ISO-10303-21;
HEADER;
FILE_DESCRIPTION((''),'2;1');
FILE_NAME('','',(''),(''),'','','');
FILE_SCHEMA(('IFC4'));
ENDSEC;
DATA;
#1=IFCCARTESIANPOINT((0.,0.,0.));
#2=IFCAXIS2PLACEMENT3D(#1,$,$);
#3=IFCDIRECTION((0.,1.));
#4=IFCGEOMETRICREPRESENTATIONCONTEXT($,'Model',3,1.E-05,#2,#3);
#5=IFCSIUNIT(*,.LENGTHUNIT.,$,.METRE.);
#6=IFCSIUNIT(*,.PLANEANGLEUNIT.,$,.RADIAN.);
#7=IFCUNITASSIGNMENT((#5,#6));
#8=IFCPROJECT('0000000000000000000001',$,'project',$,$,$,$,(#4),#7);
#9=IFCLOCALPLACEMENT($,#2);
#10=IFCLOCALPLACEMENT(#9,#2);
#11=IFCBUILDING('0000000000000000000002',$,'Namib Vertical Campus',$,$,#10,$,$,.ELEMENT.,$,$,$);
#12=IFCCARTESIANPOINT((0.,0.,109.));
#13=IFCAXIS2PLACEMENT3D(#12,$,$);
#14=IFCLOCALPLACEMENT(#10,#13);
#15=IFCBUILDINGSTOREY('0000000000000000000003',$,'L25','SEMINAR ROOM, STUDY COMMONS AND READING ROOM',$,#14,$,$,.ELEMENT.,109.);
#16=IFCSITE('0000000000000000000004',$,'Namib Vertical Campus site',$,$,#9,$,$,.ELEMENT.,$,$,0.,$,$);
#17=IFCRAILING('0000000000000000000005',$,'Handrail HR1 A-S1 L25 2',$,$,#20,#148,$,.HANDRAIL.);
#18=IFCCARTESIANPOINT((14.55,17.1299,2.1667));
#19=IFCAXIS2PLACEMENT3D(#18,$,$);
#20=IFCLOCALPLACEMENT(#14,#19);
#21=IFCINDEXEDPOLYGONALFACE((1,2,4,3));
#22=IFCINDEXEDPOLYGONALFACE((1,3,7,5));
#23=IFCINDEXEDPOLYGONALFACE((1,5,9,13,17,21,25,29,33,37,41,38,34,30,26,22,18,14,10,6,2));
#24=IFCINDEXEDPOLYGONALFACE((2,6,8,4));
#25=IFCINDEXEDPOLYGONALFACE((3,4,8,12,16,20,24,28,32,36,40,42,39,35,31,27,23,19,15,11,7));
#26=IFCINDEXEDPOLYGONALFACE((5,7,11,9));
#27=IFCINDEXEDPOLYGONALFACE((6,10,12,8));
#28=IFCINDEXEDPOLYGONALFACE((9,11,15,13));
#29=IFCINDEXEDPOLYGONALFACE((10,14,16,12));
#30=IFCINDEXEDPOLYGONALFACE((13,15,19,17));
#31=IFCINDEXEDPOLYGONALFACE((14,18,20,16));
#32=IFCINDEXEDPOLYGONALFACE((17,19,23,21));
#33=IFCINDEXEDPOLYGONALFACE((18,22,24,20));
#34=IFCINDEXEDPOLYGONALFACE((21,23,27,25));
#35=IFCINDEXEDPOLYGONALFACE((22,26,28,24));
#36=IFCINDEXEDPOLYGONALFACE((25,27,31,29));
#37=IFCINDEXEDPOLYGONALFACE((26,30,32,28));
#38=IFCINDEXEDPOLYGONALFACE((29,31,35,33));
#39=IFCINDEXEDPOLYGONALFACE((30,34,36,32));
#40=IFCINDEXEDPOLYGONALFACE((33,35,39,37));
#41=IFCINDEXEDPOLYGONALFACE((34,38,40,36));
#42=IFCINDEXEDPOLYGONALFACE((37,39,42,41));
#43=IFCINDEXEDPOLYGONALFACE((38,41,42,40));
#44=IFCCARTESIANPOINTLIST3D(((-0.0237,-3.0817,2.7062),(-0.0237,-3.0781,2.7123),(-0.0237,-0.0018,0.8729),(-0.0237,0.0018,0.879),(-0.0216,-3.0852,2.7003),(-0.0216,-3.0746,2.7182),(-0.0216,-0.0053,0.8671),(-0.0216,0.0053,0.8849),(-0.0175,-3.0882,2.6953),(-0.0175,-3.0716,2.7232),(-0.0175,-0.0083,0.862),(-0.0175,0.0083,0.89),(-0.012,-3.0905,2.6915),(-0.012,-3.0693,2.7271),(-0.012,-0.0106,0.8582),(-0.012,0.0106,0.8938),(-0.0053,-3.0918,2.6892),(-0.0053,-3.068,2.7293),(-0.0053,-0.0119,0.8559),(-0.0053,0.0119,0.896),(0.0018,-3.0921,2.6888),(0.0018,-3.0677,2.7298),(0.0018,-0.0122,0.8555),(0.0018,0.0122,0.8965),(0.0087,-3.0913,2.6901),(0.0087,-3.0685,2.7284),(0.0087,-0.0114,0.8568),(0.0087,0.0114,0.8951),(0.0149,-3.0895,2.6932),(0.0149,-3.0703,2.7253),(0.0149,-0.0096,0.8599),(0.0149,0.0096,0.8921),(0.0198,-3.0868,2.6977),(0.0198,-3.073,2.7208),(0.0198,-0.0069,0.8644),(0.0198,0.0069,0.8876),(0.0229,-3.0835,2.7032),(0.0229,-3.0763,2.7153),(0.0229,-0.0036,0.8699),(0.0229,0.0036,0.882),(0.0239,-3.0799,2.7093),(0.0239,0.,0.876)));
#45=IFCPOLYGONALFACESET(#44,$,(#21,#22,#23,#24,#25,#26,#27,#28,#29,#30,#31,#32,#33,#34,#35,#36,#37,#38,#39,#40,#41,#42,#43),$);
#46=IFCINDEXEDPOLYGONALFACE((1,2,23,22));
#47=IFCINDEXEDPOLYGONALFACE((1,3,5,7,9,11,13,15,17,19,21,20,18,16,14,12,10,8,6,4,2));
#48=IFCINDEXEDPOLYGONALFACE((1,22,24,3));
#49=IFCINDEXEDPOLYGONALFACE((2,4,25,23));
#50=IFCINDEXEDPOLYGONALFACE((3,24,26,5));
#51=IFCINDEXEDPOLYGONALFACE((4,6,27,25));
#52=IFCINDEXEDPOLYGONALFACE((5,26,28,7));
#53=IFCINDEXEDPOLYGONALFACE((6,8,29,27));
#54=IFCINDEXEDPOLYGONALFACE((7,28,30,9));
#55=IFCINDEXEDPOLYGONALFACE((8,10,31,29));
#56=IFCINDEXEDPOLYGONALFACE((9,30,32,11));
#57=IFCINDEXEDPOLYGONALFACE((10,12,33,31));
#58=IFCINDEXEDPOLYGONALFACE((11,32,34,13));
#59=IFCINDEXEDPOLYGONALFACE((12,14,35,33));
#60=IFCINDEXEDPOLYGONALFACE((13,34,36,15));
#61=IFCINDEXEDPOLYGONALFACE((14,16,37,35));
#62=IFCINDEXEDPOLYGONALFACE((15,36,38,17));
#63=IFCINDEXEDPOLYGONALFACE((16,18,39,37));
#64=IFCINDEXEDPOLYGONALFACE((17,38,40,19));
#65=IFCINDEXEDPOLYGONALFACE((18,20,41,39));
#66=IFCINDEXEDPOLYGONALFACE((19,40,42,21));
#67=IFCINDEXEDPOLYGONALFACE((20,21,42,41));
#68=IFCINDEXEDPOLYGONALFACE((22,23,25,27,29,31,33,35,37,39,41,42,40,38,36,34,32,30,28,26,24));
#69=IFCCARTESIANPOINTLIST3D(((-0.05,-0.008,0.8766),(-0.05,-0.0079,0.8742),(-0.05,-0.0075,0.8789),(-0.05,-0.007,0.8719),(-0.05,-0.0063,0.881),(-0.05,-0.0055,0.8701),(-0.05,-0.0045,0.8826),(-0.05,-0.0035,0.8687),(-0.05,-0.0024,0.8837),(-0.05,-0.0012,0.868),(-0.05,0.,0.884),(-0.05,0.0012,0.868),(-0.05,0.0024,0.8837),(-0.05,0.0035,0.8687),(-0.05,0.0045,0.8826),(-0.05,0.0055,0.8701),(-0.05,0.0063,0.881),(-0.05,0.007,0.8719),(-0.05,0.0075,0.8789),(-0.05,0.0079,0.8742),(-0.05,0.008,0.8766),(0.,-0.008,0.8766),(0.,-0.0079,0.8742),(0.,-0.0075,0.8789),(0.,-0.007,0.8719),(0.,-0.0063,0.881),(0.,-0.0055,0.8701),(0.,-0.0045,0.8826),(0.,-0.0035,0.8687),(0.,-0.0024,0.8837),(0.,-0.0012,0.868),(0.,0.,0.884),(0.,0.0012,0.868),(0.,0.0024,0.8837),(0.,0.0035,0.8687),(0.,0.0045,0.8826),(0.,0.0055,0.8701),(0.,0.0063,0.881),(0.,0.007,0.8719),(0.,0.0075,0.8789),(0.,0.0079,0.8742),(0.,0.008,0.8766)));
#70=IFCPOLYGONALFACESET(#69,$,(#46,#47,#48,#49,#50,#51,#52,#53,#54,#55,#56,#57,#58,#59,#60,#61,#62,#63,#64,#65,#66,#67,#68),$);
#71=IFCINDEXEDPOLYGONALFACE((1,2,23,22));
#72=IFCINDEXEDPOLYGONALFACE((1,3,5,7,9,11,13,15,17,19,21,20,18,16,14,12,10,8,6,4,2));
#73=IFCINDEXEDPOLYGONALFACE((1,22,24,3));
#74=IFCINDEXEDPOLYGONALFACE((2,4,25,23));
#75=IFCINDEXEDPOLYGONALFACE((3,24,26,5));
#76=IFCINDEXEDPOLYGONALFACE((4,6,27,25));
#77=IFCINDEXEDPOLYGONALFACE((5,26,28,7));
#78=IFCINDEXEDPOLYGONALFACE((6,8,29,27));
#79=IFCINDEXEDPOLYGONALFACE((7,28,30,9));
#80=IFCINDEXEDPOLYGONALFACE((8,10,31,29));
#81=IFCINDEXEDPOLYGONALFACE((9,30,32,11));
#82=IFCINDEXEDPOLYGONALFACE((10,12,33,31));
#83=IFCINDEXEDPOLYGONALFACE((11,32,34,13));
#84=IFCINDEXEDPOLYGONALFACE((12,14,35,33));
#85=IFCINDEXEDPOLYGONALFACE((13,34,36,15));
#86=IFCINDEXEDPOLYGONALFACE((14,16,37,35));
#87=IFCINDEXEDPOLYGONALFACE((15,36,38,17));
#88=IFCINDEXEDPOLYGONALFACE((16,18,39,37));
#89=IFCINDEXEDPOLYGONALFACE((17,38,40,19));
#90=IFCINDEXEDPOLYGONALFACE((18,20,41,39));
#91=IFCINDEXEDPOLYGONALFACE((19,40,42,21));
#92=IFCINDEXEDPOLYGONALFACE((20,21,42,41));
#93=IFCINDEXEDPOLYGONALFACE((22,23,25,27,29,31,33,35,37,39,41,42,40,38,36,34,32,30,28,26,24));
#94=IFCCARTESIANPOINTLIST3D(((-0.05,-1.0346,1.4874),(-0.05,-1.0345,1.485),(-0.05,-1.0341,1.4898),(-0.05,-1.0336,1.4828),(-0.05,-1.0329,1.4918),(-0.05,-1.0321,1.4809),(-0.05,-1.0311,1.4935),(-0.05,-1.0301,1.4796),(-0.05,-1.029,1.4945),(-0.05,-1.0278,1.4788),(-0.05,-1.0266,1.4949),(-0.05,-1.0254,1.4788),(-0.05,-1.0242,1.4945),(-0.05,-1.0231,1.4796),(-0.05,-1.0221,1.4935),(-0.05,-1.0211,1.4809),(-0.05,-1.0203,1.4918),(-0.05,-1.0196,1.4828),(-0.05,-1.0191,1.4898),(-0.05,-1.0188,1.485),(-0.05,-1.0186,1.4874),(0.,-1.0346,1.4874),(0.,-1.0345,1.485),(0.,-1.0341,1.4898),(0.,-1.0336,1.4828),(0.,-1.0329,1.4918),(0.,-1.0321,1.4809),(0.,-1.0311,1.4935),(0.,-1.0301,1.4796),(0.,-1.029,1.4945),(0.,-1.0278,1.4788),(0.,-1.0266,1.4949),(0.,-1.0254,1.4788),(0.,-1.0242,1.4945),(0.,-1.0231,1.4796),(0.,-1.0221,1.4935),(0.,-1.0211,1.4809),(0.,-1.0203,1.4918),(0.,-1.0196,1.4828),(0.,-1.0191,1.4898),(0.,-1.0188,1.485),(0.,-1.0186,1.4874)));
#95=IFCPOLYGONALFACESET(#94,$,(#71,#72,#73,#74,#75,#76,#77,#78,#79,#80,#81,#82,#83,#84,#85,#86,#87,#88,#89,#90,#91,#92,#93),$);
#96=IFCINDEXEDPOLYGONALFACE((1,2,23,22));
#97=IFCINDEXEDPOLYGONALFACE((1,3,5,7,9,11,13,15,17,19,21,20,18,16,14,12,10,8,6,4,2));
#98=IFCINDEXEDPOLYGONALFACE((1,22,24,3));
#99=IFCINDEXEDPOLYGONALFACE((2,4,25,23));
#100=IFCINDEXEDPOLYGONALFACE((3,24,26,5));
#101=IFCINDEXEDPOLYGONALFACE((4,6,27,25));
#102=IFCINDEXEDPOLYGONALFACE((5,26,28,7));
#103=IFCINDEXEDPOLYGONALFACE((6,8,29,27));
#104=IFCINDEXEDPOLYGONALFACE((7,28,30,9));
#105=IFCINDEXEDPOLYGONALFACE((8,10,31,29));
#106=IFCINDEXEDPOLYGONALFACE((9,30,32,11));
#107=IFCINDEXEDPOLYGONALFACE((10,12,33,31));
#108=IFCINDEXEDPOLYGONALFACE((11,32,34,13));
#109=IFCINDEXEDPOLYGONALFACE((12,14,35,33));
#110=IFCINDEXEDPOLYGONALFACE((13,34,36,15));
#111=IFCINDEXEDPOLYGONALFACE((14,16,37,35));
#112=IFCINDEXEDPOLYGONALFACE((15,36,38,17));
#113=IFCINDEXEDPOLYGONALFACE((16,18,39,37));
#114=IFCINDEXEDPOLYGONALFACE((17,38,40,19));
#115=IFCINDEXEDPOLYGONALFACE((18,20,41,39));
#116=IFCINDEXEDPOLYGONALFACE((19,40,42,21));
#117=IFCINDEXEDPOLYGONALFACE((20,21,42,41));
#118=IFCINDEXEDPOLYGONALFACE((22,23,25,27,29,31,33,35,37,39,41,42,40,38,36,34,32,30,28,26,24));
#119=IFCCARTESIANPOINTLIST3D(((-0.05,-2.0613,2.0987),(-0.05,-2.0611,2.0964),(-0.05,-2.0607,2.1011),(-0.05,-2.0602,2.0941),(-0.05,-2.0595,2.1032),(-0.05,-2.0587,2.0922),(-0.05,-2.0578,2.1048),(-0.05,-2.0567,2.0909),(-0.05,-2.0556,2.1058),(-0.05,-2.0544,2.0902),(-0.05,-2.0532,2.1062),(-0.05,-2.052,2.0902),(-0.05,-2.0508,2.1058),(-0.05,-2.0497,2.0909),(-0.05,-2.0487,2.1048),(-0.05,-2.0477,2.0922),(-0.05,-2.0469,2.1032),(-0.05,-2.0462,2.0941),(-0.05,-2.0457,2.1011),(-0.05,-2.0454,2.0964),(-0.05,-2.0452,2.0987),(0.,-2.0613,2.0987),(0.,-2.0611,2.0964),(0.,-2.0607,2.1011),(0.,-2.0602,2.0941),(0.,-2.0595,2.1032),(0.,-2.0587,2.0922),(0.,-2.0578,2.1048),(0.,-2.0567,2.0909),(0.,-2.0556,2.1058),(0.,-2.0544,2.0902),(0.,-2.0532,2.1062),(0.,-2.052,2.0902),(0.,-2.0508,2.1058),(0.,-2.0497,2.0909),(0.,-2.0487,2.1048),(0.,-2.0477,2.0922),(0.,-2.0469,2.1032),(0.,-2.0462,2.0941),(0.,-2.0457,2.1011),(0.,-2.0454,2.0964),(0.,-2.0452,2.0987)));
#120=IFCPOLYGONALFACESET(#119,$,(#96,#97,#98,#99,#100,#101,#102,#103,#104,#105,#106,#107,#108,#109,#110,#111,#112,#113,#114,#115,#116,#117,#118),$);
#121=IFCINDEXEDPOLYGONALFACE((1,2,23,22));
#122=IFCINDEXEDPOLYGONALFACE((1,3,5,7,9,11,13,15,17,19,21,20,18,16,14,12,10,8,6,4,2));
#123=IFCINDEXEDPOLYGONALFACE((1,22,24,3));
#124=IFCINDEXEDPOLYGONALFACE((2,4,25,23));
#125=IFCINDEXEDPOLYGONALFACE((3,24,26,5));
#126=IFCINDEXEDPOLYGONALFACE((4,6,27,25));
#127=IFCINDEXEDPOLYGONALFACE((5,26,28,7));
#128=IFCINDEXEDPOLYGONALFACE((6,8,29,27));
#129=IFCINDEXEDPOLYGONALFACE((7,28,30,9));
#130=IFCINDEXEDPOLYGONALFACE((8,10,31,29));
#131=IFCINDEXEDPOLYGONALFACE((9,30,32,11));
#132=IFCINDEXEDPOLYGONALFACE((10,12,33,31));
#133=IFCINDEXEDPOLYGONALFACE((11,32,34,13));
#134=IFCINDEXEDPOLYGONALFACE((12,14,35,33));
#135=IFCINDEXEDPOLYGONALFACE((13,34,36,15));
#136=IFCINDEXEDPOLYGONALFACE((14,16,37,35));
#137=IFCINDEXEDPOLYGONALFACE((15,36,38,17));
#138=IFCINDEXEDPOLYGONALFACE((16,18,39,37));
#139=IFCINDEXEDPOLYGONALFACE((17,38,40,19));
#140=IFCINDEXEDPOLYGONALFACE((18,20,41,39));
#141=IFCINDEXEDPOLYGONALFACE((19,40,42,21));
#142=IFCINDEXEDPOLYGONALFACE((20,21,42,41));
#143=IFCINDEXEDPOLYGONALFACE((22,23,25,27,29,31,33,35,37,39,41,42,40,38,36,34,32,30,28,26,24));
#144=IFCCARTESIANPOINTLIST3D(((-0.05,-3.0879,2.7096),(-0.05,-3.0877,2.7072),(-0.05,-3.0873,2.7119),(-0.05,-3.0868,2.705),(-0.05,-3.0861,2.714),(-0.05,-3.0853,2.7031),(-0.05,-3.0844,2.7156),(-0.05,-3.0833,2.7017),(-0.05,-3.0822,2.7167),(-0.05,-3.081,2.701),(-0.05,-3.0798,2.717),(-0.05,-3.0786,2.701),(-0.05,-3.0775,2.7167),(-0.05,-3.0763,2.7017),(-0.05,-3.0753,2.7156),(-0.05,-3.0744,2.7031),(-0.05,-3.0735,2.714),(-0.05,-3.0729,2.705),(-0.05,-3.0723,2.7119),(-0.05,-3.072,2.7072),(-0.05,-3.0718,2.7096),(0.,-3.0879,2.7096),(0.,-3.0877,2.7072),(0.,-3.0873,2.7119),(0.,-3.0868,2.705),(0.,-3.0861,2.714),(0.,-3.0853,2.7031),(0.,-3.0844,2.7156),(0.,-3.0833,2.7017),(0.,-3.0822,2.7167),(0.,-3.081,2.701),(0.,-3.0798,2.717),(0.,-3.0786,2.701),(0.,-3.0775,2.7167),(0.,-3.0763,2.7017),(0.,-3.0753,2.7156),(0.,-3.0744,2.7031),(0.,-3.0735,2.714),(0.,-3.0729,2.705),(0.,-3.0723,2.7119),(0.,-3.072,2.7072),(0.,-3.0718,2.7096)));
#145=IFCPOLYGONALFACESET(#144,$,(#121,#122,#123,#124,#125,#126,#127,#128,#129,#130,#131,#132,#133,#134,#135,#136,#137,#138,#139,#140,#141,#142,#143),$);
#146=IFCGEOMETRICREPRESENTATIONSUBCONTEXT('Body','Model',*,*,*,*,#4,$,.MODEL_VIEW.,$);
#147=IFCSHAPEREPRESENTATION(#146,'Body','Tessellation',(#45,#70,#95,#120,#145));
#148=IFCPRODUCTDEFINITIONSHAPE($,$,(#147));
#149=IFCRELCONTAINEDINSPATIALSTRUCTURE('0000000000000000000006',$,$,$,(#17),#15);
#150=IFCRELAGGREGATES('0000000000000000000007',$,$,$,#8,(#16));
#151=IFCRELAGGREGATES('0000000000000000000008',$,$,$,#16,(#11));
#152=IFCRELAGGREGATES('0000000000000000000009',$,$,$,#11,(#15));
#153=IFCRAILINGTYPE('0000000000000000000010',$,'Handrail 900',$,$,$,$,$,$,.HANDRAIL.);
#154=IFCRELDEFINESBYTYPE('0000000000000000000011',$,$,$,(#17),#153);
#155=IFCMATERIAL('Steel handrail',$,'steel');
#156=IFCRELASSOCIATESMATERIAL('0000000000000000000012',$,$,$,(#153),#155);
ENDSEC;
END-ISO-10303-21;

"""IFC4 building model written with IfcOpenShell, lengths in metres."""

from ifc_helpers import new_model, si_unit, direction, frame, origin, origin_2d, place, context, subcontext, project, spatial, circle, extrude, material, type_object, element, save


model = new_model("IFC4")

# Units and contexts
model_context = context("Model", 3, precision=1e-05, world=origin(), true_north=direction((0.0, 1.0)))
body_context = subcontext(model_context, "Body", "Model", "MODEL_VIEW")
ifc_project = project(units=[si_unit("LENGTHUNIT", "METRE"), si_unit("PLANEANGLEUNIT", "RADIAN")], contexts=[model_context])

# Site, building, storey
site_placement = place(None, origin())
site = spatial("IfcSite", under=ifc_project, at=site_placement, Name="Namib Vertical Campus site", CompositionType="ELEMENT", RefElevation=0.0)
building_placement = place(site_placement, origin())
building = spatial("IfcBuilding", under=site, at=building_placement, Name="Namib Vertical Campus", CompositionType="ELEMENT")
storey_placement = place(building_placement, frame((0.0, 0.0, 109.0)))
storey = spatial("IfcBuildingStorey", under=building, at=storey_placement, Name="L25", Description="SEMINAR ROOM, STUDY COMMONS AND READING ROOM", CompositionType="ELEMENT", Elevation=109.0)

# Railing
ifc_material_1 = material(Name="Steel handrail", Category="steel")
railing_type = type_object("IfcRailingType", Name="Handrail 900", PredefinedType="HANDRAIL", material=ifc_material_1)
railing_1_placement = place(storey_placement, frame((14.55, 17.1299, 2.1667)))
element("IfcRailing", 1, at=railing_1_placement, inside=storey, type_object=railing_type, Name="Handrail HR1 A-S1 L25 2", PredefinedType="HANDRAIL", context=body_context, shape_type="SweptSolid", body=[
    extrude(circle(Radius=0.0239, at=origin_2d()), frame((0.0, 0.0, 0.876), z_axis=(0.0, -0.859291, 0.511487), x_axis=(1.0, 0.0, 0.0)), (0.0, 0.0, 1.0), 3.5842),
    extrude(circle(Radius=0.0081, at=origin_2d()), frame((0.0, 0.0, 0.876), z_axis=(-1.0, 0.0, 0.0), x_axis=(0.0, 0.0, 1.0)), (0.0, 0.0, 1.0), 0.05),
    extrude(circle(Radius=0.0081, at=origin_2d()), frame((0.0, -1.0266, 1.4868), z_axis=(-1.0, 0.0, 0.0), x_axis=(0.0, 0.0, 1.0)), (0.0, 0.0, 1.0), 0.05),
    extrude(circle(Radius=0.0081, at=origin_2d()), frame((0.0, -2.0532, 2.0981), z_axis=(-1.0, 0.0, 0.0), x_axis=(0.0, 0.0, 1.0)), (0.0, 0.0, 1.0), 0.05),
    extrude(circle(Radius=0.0081, at=origin_2d()), frame((0.0, -3.0798, 2.709), z_axis=(-1.0, 0.0, 0.0), x_axis=(0.0, 0.0, 1.0)), (0.0, 0.0, 1.0), 0.05),
])

save(model, "model.ifc")
